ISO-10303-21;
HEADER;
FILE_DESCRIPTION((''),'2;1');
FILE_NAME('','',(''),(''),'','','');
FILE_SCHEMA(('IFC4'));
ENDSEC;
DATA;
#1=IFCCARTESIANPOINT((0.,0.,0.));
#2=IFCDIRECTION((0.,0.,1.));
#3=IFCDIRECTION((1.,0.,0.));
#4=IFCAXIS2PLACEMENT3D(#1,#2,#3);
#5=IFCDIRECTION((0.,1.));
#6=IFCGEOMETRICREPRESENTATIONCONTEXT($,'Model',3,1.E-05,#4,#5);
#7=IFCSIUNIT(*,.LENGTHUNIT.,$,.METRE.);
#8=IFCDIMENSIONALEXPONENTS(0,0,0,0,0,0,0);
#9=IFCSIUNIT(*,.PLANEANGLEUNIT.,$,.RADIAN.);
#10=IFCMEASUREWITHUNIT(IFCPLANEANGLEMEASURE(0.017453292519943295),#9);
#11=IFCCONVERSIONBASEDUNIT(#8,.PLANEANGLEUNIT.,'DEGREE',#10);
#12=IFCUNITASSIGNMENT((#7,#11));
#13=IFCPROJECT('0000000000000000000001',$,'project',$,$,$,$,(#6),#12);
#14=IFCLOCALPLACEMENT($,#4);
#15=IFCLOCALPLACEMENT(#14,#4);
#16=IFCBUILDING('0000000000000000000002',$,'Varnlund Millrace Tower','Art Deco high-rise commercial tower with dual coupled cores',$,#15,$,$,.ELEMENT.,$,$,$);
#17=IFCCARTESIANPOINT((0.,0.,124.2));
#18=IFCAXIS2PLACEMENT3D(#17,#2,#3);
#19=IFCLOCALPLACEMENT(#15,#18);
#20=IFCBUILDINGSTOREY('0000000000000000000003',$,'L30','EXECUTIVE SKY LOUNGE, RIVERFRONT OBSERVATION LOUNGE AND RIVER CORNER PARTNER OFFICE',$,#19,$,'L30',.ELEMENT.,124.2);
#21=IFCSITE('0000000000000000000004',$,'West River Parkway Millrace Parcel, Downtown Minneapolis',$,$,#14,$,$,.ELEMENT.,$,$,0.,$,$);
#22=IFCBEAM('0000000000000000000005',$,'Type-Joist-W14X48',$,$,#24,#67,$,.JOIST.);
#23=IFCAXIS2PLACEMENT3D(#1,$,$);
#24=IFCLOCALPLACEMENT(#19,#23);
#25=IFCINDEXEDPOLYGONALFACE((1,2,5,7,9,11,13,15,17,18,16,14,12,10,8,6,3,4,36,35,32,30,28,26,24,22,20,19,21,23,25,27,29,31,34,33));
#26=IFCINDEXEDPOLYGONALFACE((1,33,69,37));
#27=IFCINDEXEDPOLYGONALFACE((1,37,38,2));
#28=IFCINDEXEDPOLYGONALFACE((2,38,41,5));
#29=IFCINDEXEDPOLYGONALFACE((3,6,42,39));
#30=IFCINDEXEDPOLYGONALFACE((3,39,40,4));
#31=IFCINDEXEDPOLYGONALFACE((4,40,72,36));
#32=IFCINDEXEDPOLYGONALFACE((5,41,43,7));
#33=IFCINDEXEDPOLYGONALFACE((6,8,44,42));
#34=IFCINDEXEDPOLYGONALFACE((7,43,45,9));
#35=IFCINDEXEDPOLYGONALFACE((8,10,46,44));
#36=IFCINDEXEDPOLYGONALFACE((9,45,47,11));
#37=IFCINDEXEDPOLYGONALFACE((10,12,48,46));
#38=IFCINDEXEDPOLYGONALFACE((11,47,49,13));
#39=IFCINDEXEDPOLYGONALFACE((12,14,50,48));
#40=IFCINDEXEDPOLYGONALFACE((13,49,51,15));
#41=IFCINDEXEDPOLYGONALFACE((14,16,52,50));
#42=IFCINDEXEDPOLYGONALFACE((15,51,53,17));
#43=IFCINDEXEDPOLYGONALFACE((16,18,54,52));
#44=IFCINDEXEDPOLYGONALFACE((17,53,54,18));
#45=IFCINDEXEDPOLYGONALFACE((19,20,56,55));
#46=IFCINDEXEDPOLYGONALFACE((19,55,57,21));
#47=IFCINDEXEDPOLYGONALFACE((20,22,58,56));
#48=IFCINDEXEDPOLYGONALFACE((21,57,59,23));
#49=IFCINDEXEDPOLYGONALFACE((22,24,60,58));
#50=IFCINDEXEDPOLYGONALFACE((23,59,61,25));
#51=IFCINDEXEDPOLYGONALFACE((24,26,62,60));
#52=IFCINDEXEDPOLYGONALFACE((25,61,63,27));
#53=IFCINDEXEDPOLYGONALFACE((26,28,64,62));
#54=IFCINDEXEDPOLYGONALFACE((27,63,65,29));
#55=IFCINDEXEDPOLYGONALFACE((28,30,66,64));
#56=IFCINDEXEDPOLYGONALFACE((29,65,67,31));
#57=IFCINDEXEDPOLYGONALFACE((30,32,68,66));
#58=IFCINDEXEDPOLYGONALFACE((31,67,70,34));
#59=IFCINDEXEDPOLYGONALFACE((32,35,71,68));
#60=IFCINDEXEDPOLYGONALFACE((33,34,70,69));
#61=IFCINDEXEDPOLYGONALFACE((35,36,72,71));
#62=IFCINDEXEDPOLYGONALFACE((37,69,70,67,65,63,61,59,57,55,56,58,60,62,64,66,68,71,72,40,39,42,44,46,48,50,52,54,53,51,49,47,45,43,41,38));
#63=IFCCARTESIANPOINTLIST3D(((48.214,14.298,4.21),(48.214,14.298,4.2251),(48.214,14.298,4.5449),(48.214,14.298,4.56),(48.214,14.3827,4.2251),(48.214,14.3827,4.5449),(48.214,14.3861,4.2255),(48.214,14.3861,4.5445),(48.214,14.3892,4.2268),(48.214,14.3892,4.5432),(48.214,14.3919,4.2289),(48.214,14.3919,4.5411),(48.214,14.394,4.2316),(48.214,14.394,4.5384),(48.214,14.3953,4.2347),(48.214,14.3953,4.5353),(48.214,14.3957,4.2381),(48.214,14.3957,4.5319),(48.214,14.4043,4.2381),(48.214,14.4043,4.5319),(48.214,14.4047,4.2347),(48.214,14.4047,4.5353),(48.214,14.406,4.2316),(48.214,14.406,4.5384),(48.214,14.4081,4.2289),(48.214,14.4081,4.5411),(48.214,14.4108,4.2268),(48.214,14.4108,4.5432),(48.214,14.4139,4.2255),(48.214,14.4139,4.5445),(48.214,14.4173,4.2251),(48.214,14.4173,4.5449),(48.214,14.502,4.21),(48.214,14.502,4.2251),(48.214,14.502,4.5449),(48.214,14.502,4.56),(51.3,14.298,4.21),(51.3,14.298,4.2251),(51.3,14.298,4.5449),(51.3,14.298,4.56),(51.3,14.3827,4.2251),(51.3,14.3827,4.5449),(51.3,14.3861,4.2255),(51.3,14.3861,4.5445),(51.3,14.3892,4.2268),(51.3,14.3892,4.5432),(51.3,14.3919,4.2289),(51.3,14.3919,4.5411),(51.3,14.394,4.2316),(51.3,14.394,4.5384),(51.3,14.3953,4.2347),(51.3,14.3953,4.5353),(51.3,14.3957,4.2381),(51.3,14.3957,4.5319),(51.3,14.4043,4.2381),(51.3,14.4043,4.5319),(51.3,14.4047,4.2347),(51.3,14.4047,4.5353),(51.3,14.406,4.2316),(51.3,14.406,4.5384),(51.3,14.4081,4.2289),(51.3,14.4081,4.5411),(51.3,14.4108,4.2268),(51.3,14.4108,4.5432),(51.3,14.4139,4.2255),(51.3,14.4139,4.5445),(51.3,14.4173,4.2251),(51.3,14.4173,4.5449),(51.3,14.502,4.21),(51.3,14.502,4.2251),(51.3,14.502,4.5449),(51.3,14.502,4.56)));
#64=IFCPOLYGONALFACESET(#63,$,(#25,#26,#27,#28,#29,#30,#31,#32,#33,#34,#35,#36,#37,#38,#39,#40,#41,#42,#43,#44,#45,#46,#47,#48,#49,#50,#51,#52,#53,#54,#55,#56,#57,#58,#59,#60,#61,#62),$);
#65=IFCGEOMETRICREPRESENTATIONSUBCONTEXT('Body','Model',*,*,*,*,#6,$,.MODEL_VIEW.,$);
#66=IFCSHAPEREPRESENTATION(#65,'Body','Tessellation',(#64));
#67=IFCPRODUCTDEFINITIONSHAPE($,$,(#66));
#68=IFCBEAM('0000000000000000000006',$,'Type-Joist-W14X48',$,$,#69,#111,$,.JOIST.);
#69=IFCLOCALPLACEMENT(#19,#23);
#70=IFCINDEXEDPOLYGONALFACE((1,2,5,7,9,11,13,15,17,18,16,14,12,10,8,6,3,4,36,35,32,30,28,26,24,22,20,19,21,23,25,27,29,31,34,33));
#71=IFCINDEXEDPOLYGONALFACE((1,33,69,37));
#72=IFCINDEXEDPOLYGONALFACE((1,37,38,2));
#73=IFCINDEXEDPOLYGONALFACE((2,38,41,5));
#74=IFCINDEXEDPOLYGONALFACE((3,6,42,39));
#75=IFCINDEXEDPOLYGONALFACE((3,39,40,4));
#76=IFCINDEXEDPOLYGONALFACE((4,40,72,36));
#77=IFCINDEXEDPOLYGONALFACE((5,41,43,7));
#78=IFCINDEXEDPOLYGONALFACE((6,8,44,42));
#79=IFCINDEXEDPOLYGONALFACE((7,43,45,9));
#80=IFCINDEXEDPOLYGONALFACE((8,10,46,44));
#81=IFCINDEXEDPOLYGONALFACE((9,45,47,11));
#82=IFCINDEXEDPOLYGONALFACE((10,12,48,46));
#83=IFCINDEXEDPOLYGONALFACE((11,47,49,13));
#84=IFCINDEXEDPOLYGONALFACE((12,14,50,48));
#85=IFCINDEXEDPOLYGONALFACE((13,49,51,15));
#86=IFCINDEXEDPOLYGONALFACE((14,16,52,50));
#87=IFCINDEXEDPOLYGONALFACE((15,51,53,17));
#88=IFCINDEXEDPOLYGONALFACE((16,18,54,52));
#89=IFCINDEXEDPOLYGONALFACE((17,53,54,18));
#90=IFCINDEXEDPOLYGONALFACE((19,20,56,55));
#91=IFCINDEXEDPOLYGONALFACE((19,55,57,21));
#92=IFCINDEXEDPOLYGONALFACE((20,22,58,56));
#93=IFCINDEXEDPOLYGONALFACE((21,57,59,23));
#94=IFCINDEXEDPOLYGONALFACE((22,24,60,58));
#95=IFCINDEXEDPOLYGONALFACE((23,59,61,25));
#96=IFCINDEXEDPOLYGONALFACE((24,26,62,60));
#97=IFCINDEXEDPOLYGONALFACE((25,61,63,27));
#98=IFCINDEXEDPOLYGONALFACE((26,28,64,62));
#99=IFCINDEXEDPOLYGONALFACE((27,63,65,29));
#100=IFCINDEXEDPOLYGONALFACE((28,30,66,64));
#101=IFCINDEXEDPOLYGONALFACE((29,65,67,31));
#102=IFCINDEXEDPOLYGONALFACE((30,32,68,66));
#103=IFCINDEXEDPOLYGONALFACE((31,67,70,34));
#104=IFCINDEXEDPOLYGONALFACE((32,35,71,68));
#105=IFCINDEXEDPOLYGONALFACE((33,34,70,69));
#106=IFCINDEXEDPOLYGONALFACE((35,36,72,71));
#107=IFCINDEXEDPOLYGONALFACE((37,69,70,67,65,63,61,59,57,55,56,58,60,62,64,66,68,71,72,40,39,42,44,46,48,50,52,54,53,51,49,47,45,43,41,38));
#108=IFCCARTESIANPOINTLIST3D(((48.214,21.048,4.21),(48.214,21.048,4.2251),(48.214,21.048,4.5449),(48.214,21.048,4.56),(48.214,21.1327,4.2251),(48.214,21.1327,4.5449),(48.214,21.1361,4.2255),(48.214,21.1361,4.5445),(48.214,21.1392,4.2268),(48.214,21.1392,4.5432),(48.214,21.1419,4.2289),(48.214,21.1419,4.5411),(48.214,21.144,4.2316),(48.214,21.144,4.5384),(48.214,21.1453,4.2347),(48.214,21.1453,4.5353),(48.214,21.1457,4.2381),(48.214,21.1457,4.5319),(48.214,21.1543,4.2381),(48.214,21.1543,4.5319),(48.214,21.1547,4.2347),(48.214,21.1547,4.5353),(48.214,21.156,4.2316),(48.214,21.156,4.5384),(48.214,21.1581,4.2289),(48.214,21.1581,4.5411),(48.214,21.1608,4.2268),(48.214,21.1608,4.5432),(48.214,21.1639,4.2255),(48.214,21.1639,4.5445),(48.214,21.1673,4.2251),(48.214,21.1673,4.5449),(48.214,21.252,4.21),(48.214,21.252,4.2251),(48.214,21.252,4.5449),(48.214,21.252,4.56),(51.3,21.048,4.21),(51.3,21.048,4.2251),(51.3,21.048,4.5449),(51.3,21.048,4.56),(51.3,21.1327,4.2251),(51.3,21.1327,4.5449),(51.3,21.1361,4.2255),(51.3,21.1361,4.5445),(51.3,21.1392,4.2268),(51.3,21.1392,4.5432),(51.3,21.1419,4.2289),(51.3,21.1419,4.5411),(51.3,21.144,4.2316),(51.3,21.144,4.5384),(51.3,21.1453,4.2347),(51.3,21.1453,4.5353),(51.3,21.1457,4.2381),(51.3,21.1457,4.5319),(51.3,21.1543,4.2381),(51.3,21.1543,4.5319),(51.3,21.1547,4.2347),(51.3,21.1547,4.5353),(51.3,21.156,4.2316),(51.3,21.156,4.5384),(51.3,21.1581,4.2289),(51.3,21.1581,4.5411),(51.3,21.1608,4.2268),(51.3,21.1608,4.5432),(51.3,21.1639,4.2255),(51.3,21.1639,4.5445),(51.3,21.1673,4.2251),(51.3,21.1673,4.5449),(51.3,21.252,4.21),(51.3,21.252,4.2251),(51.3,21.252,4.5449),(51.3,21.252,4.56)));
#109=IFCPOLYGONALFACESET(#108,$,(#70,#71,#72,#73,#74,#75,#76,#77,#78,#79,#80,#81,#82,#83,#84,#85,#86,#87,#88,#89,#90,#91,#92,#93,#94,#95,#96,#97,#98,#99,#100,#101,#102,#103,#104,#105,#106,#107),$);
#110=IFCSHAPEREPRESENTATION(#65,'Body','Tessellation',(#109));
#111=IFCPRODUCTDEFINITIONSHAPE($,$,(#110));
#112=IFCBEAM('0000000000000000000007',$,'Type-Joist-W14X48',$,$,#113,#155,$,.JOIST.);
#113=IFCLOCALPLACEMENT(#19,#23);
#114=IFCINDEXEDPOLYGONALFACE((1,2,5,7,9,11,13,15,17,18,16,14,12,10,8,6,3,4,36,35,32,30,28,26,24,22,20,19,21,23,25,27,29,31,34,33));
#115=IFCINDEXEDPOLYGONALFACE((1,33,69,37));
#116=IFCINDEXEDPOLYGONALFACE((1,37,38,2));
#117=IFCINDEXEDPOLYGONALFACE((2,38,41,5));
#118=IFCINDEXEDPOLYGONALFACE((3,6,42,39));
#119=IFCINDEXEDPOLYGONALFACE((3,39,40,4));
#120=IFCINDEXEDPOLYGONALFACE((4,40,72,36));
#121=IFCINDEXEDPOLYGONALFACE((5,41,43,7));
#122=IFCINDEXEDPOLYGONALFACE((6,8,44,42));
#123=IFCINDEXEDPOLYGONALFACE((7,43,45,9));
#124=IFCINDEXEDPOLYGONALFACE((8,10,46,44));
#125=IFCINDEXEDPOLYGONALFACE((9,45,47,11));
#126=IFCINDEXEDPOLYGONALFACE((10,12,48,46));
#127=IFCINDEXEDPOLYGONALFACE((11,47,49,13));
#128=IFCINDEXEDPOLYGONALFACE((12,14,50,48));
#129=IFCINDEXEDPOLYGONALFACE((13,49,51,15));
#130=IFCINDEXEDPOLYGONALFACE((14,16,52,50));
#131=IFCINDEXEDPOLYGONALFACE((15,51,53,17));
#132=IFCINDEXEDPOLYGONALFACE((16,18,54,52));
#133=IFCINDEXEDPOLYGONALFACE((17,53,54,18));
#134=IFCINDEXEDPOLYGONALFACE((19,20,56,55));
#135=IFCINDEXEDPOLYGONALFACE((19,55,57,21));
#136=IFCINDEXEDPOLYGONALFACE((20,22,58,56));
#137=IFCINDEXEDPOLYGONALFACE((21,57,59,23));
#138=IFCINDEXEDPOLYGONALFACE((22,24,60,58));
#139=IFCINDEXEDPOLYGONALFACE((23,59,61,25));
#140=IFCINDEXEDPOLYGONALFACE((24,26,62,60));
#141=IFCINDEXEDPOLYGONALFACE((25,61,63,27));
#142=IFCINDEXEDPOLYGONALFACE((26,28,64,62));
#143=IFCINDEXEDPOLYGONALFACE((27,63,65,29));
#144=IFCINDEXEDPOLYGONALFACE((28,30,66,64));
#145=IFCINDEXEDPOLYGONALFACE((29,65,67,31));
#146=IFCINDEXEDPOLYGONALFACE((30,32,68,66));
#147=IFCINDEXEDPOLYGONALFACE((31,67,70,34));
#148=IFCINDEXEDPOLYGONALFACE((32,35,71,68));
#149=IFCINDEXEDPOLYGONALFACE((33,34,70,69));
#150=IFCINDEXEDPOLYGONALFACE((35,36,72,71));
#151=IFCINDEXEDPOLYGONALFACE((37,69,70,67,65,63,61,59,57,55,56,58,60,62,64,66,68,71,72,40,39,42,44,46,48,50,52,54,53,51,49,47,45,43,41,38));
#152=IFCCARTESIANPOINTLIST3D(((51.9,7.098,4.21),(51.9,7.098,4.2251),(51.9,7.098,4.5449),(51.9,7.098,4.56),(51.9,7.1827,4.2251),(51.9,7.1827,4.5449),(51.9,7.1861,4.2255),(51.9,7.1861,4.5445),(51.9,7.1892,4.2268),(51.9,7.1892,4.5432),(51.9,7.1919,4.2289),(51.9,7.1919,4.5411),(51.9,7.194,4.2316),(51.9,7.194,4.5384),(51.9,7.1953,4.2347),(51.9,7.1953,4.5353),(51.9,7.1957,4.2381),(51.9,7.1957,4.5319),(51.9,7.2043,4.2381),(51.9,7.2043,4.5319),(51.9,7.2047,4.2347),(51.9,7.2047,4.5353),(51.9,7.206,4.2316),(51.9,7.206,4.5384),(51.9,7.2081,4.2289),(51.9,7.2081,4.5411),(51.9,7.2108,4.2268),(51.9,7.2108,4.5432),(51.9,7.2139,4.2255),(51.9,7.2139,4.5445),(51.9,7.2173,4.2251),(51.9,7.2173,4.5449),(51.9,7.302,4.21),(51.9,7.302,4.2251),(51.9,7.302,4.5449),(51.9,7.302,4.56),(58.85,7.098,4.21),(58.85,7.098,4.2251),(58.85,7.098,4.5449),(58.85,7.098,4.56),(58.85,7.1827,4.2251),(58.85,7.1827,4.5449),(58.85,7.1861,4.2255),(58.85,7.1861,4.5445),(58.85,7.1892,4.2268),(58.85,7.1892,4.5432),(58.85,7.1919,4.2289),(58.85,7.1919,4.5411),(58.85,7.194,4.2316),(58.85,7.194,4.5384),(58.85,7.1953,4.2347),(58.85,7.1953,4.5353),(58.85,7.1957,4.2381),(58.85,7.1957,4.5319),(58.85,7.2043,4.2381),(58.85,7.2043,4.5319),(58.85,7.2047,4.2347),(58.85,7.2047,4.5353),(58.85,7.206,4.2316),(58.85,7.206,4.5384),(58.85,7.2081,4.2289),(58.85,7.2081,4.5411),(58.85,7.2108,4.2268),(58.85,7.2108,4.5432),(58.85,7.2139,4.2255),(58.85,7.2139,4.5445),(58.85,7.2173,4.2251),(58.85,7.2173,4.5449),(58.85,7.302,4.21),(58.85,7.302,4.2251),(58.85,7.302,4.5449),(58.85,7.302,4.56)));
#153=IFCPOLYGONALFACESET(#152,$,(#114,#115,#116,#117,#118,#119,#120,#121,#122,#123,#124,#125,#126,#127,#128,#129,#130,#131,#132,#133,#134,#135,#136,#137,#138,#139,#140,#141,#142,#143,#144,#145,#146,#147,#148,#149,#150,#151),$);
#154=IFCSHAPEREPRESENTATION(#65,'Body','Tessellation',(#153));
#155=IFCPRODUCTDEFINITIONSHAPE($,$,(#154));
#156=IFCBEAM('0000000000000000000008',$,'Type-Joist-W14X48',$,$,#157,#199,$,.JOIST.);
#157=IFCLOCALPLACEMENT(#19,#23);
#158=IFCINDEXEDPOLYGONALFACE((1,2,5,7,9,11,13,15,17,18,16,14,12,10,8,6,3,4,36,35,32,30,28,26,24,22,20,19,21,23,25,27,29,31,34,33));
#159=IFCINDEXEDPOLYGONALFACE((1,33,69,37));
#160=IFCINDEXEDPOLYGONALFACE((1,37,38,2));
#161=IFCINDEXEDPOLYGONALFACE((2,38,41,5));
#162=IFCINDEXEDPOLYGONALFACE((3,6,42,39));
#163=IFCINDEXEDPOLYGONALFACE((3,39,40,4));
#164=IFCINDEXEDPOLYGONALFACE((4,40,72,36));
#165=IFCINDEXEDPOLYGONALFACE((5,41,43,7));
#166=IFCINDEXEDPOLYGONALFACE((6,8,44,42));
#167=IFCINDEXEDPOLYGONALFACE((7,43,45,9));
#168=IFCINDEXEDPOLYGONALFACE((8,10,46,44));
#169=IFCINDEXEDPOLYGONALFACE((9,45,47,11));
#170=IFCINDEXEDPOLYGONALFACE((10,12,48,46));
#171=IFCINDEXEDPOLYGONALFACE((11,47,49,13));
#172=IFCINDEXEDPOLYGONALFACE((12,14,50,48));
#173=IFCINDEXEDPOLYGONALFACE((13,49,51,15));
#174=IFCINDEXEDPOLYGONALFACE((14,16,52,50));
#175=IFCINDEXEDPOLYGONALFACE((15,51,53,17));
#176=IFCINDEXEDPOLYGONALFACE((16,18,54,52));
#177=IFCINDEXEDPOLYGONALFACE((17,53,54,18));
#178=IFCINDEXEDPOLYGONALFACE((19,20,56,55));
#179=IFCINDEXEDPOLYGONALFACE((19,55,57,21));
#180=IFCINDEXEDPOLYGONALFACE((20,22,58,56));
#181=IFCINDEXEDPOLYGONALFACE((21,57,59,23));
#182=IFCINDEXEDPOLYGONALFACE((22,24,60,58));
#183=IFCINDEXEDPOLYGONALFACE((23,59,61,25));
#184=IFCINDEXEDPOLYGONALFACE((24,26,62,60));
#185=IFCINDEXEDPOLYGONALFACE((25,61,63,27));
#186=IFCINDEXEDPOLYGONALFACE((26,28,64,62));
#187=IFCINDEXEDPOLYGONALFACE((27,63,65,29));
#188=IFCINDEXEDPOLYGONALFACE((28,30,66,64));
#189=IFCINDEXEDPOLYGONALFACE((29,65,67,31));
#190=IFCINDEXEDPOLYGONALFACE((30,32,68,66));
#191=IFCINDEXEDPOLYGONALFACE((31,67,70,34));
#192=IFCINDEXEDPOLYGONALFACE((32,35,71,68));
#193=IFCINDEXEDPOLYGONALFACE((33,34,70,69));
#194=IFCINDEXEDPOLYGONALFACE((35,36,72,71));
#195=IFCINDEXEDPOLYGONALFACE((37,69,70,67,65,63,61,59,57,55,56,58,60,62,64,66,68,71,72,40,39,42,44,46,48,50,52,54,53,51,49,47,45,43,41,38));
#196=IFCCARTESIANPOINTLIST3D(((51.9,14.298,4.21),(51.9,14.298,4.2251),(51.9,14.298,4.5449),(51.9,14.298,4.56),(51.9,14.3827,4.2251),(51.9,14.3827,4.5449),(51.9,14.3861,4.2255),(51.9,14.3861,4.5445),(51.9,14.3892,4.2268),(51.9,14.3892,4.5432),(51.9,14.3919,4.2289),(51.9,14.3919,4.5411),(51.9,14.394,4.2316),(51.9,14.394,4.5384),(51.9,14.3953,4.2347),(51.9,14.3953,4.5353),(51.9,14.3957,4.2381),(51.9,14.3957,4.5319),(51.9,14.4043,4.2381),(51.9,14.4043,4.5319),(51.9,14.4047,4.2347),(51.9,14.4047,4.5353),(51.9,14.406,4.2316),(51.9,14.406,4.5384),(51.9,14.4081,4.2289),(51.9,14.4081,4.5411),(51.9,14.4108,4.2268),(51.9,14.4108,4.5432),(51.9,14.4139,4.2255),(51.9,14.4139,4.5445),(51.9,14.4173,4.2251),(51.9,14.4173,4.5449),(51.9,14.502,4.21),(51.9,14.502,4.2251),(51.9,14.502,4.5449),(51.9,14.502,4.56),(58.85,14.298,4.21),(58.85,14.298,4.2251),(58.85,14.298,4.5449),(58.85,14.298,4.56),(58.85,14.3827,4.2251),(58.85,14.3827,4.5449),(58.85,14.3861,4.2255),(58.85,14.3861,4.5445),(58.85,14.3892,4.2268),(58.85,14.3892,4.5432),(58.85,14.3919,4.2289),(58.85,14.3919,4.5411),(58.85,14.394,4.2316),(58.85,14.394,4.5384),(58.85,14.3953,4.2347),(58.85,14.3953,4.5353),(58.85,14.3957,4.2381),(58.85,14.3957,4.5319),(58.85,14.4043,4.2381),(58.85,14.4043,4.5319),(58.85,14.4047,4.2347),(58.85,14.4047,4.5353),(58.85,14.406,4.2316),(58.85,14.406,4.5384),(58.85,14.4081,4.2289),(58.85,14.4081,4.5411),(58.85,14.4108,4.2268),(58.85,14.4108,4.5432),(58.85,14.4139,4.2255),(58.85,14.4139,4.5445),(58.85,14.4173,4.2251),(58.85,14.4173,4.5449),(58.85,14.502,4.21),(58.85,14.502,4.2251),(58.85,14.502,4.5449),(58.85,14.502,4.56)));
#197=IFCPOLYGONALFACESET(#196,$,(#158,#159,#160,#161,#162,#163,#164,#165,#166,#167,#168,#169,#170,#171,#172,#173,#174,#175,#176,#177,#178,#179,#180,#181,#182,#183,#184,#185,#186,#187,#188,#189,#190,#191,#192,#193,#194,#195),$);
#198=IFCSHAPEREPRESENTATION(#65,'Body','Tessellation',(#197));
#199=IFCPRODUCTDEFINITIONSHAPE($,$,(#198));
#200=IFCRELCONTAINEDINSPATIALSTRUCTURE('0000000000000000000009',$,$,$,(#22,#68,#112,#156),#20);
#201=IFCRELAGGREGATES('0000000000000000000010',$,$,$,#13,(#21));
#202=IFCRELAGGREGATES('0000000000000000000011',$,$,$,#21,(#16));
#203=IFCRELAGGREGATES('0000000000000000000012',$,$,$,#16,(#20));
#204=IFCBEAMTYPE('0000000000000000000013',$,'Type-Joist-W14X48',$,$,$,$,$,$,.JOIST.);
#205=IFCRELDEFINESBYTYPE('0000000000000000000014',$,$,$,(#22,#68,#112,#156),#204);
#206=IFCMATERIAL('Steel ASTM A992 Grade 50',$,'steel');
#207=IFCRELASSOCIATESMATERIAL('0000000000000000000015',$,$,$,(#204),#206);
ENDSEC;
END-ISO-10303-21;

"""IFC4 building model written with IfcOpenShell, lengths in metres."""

from ifc_helpers import new_model, entity, si_unit, converted_unit, direction, frame, origin_with_axes, origin_2d_with_axis, place, context, subcontext, project, spatial, i_section, extrude, material, material_profile, profile_set, type_object, element, save


model = new_model("IFC4")

# Units and contexts
model_context = context("Model", 3, precision=1e-05, world=origin_with_axes(), true_north=direction((0.0, 1.0)))
body_context = subcontext(model_context, "Body", "Model", "MODEL_VIEW")
ifc_project = project(units=[si_unit("LENGTHUNIT", "METRE"), converted_unit("PLANEANGLEUNIT", "DEGREE", entity("IfcPlaneAngleMeasure", 0.017453292519943295), si_unit("PLANEANGLEUNIT", "RADIAN"), dimensions=[0, 0, 0, 0, 0, 0, 0])], contexts=[model_context])

# Site, building, storey
site_placement = place(None, origin_with_axes())
site = spatial("IfcSite", under=ifc_project, at=site_placement, Name="West River Parkway Millrace Parcel, Downtown Minneapolis", CompositionType="ELEMENT", RefElevation=0.0)
building_placement = place(site_placement, origin_with_axes())
building = spatial("IfcBuilding", under=site, at=building_placement, Name="Varnlund Millrace Tower", Description="Art Deco high-rise commercial tower with dual coupled cores", CompositionType="ELEMENT")
storey_placement = place(building_placement, frame((0.0, 0.0, 124.2), z_axis=(0.0, 0.0, 1.0), x_axis=(1.0, 0.0, 0.0)))
storey = spatial("IfcBuildingStorey", under=building, at=storey_placement, Name="L30", Description="EXECUTIVE SKY LOUNGE, RIVERFRONT OBSERVATION LOUNGE AND RIVER CORNER PARTNER OFFICE", LongName="L30", CompositionType="ELEMENT", Elevation=124.2)

# Beams
ifc_material_1 = material(Name="Steel ASTM A992 Grade 50", Category="steel")
ifc_material_profile_1 = material_profile(ifc_material_1, i_section(OverallWidth=0.204, OverallDepth=0.35, WebThickness=0.0086, FlangeThickness=0.0151, FilletRadius=0.013, at=origin_2d_with_axis()), Name="Steel ASTM A992 Grade 50")
ifc_profile_set_1 = profile_set([ifc_material_profile_1], Name="Steel ASTM A992 Grade 50")
beam_type_1 = type_object("IfcBeamType", Name="Type-Joist-W14X48", PredefinedType="JOIST", material=ifc_profile_set_1)
for number, where, z_axis, x_axis, name in (
    (1, (48.214, 14.4, 4.385), (1.0, 0.0, 0.0), (0.0, 1.0, 0.0), "Type-Joist-W14X48"),
    (2, (48.214, 21.15, 4.385), (1.0, 0.0, 0.0), (0.0, 1.0, 0.0), "Type-Joist-W14X48"),
):
    element("IfcBeam", number, at=place(storey_placement, frame(where, z_axis=z_axis, x_axis=x_axis)), inside=storey, type_object=beam_type_1, Name=name, PredefinedType="JOIST", context=body_context, shape_type="SweptSolid", body=[
        extrude(i_section(OverallWidth=0.204, OverallDepth=0.35, WebThickness=0.0086, FlangeThickness=0.0151, FilletRadius=0.013, at=origin_2d_with_axis()), origin_with_axes(), (0.0, 0.0, 1.0), 3.086),
    ])
for number, where, z_axis, x_axis, name in (
    (3, (51.9, 7.2, 4.385), (1.0, 0.0, 0.0), (0.0, 1.0, 0.0), "Type-Joist-W14X48"),
    (4, (51.9, 14.4, 4.385), (1.0, 0.0, 0.0), (0.0, 1.0, 0.0), "Type-Joist-W14X48"),
):
    element("IfcBeam", number, at=place(storey_placement, frame(where, z_axis=z_axis, x_axis=x_axis)), inside=storey, type_object=beam_type_1, Name=name, PredefinedType="JOIST", context=body_context, shape_type="SweptSolid", body=[
        extrude(i_section(OverallWidth=0.204, OverallDepth=0.35, WebThickness=0.0086, FlangeThickness=0.0151, FilletRadius=0.013, at=origin_2d_with_axis()), origin_with_axes(), (0.0, 0.0, 1.0), 6.95),
    ])

save(model, "model.ifc")
